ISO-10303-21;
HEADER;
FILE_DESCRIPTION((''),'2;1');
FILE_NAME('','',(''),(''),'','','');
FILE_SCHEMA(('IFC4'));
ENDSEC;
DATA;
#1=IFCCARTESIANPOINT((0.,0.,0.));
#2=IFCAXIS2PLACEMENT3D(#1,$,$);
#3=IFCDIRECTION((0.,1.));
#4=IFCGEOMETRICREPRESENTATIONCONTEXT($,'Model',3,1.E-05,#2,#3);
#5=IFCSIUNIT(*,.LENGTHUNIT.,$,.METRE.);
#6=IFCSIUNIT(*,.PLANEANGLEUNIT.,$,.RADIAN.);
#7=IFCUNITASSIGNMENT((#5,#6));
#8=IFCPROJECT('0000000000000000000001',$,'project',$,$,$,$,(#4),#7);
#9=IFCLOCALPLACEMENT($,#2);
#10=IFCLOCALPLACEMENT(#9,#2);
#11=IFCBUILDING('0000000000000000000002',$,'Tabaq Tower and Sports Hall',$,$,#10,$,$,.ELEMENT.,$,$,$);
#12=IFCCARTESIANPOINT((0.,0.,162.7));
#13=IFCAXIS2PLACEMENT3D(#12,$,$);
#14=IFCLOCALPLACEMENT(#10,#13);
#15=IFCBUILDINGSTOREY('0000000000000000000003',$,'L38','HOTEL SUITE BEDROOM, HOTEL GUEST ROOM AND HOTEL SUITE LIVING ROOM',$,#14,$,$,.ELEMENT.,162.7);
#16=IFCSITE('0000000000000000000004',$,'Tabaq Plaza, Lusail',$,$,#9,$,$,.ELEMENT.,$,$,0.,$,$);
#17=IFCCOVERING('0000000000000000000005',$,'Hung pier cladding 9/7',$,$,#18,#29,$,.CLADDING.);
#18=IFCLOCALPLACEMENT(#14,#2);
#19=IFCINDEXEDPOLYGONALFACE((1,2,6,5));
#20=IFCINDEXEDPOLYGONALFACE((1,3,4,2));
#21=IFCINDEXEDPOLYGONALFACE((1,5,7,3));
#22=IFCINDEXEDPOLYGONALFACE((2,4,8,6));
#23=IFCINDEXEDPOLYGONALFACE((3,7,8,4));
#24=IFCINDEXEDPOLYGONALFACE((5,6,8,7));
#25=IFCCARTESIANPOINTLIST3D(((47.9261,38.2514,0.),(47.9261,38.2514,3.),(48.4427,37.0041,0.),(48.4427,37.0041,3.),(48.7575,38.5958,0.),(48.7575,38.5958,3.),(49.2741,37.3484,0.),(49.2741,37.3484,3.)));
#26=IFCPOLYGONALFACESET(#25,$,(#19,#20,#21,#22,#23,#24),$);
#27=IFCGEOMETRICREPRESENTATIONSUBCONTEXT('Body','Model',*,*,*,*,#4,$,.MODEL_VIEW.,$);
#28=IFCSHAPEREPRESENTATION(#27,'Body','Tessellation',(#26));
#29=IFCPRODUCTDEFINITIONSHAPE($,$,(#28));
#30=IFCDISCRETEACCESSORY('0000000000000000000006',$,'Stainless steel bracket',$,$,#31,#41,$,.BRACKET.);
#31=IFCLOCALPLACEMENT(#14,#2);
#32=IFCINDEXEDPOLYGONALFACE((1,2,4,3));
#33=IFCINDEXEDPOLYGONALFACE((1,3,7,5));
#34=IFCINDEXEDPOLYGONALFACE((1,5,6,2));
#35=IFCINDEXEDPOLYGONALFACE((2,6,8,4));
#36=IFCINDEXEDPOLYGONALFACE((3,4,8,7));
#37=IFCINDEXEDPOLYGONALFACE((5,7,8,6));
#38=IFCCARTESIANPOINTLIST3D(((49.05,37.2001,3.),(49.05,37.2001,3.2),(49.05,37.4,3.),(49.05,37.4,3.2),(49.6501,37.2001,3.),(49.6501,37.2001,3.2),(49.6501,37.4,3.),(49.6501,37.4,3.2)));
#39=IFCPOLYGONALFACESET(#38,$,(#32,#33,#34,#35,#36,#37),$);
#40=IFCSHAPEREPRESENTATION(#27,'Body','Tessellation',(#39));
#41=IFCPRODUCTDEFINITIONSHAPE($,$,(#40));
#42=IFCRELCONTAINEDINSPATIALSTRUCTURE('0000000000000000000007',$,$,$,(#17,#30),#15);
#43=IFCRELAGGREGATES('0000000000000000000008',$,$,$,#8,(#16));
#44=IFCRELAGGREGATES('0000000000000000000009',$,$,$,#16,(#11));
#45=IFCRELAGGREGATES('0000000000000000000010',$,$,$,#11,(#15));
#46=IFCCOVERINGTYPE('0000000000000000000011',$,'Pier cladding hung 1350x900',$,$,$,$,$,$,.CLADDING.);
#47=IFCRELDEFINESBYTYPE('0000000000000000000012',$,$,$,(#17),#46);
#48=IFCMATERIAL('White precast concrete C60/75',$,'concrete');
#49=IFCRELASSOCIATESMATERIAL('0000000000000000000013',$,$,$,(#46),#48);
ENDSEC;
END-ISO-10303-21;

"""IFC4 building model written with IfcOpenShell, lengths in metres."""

from ifc_helpers import new_model, si_unit, direction, frame, frame_2d, origin, origin_2d, place, context, subcontext, project, spatial, rectangle, extrude, material, type_object, element, save


model = new_model("IFC4")

# Units and contexts
model_context = context("Model", 3, precision=1e-05, world=origin(), true_north=direction((0.0, 1.0)))
body_context = subcontext(model_context, "Body", "Model", "MODEL_VIEW")
ifc_project = project(units=[si_unit("LENGTHUNIT", "METRE"), si_unit("PLANEANGLEUNIT", "RADIAN")], contexts=[model_context])

# Site, building, storey
site_placement = place(None, origin())
site = spatial("IfcSite", under=ifc_project, at=site_placement, Name="Tabaq Plaza, Lusail", CompositionType="ELEMENT", RefElevation=0.0)
building_placement = place(site_placement, origin())
building = spatial("IfcBuilding", under=site, at=building_placement, Name="Tabaq Tower and Sports Hall", CompositionType="ELEMENT")
storey_placement = place(building_placement, frame((0.0, 0.0, 162.7)))
storey = spatial("IfcBuildingStorey", under=building, at=storey_placement, Name="L38", Description="HOTEL SUITE BEDROOM, HOTEL GUEST ROOM AND HOTEL SUITE LIVING ROOM", CompositionType="ELEMENT", Elevation=162.7)

# Covering
ifc_material_1 = material(Name="White precast concrete C60/75", Category="concrete")
covering_type = type_object("IfcCoveringType", Name="Pier cladding hung 1350x900", PredefinedType="CLADDING", material=ifc_material_1)
covering_placement = place(storey_placement, frame((48.8584, 37.1763, 0.0), z_axis=(0.0, 0.0, 1.0), x_axis=(-0.38265, 0.923893, 0.0)))
element("IfcCovering", 1, at=covering_placement, inside=storey, type_object=covering_type, Name="Hung pier cladding 9/7", PredefinedType="CLADDING", context=body_context, shape_type="SweptSolid", body=[
    extrude(rectangle(XDim=1.3501, YDim=0.8999, at=frame_2d((0.675, 0.0))), origin(), (0.0, 0.0, 1.0), 3.0),
])

# Discrete accessory
discrete_accessory_placement = place(storey_placement, frame((49.3501, 37.3, 3.0), z_axis=(0.0, 0.0, 1.0), x_axis=(1.0, 0.0, 0.0)))
element("IfcDiscreteAccessory", 2, at=discrete_accessory_placement, inside=storey, Name="Stainless steel bracket", PredefinedType="BRACKET", context=body_context, shape_type="SweptSolid", body=[
    extrude(rectangle(XDim=0.6001, YDim=0.2, at=origin_2d()), origin(), (0.0, 0.0, 1.0), 0.2),
])

save(model, "model.ifc")
